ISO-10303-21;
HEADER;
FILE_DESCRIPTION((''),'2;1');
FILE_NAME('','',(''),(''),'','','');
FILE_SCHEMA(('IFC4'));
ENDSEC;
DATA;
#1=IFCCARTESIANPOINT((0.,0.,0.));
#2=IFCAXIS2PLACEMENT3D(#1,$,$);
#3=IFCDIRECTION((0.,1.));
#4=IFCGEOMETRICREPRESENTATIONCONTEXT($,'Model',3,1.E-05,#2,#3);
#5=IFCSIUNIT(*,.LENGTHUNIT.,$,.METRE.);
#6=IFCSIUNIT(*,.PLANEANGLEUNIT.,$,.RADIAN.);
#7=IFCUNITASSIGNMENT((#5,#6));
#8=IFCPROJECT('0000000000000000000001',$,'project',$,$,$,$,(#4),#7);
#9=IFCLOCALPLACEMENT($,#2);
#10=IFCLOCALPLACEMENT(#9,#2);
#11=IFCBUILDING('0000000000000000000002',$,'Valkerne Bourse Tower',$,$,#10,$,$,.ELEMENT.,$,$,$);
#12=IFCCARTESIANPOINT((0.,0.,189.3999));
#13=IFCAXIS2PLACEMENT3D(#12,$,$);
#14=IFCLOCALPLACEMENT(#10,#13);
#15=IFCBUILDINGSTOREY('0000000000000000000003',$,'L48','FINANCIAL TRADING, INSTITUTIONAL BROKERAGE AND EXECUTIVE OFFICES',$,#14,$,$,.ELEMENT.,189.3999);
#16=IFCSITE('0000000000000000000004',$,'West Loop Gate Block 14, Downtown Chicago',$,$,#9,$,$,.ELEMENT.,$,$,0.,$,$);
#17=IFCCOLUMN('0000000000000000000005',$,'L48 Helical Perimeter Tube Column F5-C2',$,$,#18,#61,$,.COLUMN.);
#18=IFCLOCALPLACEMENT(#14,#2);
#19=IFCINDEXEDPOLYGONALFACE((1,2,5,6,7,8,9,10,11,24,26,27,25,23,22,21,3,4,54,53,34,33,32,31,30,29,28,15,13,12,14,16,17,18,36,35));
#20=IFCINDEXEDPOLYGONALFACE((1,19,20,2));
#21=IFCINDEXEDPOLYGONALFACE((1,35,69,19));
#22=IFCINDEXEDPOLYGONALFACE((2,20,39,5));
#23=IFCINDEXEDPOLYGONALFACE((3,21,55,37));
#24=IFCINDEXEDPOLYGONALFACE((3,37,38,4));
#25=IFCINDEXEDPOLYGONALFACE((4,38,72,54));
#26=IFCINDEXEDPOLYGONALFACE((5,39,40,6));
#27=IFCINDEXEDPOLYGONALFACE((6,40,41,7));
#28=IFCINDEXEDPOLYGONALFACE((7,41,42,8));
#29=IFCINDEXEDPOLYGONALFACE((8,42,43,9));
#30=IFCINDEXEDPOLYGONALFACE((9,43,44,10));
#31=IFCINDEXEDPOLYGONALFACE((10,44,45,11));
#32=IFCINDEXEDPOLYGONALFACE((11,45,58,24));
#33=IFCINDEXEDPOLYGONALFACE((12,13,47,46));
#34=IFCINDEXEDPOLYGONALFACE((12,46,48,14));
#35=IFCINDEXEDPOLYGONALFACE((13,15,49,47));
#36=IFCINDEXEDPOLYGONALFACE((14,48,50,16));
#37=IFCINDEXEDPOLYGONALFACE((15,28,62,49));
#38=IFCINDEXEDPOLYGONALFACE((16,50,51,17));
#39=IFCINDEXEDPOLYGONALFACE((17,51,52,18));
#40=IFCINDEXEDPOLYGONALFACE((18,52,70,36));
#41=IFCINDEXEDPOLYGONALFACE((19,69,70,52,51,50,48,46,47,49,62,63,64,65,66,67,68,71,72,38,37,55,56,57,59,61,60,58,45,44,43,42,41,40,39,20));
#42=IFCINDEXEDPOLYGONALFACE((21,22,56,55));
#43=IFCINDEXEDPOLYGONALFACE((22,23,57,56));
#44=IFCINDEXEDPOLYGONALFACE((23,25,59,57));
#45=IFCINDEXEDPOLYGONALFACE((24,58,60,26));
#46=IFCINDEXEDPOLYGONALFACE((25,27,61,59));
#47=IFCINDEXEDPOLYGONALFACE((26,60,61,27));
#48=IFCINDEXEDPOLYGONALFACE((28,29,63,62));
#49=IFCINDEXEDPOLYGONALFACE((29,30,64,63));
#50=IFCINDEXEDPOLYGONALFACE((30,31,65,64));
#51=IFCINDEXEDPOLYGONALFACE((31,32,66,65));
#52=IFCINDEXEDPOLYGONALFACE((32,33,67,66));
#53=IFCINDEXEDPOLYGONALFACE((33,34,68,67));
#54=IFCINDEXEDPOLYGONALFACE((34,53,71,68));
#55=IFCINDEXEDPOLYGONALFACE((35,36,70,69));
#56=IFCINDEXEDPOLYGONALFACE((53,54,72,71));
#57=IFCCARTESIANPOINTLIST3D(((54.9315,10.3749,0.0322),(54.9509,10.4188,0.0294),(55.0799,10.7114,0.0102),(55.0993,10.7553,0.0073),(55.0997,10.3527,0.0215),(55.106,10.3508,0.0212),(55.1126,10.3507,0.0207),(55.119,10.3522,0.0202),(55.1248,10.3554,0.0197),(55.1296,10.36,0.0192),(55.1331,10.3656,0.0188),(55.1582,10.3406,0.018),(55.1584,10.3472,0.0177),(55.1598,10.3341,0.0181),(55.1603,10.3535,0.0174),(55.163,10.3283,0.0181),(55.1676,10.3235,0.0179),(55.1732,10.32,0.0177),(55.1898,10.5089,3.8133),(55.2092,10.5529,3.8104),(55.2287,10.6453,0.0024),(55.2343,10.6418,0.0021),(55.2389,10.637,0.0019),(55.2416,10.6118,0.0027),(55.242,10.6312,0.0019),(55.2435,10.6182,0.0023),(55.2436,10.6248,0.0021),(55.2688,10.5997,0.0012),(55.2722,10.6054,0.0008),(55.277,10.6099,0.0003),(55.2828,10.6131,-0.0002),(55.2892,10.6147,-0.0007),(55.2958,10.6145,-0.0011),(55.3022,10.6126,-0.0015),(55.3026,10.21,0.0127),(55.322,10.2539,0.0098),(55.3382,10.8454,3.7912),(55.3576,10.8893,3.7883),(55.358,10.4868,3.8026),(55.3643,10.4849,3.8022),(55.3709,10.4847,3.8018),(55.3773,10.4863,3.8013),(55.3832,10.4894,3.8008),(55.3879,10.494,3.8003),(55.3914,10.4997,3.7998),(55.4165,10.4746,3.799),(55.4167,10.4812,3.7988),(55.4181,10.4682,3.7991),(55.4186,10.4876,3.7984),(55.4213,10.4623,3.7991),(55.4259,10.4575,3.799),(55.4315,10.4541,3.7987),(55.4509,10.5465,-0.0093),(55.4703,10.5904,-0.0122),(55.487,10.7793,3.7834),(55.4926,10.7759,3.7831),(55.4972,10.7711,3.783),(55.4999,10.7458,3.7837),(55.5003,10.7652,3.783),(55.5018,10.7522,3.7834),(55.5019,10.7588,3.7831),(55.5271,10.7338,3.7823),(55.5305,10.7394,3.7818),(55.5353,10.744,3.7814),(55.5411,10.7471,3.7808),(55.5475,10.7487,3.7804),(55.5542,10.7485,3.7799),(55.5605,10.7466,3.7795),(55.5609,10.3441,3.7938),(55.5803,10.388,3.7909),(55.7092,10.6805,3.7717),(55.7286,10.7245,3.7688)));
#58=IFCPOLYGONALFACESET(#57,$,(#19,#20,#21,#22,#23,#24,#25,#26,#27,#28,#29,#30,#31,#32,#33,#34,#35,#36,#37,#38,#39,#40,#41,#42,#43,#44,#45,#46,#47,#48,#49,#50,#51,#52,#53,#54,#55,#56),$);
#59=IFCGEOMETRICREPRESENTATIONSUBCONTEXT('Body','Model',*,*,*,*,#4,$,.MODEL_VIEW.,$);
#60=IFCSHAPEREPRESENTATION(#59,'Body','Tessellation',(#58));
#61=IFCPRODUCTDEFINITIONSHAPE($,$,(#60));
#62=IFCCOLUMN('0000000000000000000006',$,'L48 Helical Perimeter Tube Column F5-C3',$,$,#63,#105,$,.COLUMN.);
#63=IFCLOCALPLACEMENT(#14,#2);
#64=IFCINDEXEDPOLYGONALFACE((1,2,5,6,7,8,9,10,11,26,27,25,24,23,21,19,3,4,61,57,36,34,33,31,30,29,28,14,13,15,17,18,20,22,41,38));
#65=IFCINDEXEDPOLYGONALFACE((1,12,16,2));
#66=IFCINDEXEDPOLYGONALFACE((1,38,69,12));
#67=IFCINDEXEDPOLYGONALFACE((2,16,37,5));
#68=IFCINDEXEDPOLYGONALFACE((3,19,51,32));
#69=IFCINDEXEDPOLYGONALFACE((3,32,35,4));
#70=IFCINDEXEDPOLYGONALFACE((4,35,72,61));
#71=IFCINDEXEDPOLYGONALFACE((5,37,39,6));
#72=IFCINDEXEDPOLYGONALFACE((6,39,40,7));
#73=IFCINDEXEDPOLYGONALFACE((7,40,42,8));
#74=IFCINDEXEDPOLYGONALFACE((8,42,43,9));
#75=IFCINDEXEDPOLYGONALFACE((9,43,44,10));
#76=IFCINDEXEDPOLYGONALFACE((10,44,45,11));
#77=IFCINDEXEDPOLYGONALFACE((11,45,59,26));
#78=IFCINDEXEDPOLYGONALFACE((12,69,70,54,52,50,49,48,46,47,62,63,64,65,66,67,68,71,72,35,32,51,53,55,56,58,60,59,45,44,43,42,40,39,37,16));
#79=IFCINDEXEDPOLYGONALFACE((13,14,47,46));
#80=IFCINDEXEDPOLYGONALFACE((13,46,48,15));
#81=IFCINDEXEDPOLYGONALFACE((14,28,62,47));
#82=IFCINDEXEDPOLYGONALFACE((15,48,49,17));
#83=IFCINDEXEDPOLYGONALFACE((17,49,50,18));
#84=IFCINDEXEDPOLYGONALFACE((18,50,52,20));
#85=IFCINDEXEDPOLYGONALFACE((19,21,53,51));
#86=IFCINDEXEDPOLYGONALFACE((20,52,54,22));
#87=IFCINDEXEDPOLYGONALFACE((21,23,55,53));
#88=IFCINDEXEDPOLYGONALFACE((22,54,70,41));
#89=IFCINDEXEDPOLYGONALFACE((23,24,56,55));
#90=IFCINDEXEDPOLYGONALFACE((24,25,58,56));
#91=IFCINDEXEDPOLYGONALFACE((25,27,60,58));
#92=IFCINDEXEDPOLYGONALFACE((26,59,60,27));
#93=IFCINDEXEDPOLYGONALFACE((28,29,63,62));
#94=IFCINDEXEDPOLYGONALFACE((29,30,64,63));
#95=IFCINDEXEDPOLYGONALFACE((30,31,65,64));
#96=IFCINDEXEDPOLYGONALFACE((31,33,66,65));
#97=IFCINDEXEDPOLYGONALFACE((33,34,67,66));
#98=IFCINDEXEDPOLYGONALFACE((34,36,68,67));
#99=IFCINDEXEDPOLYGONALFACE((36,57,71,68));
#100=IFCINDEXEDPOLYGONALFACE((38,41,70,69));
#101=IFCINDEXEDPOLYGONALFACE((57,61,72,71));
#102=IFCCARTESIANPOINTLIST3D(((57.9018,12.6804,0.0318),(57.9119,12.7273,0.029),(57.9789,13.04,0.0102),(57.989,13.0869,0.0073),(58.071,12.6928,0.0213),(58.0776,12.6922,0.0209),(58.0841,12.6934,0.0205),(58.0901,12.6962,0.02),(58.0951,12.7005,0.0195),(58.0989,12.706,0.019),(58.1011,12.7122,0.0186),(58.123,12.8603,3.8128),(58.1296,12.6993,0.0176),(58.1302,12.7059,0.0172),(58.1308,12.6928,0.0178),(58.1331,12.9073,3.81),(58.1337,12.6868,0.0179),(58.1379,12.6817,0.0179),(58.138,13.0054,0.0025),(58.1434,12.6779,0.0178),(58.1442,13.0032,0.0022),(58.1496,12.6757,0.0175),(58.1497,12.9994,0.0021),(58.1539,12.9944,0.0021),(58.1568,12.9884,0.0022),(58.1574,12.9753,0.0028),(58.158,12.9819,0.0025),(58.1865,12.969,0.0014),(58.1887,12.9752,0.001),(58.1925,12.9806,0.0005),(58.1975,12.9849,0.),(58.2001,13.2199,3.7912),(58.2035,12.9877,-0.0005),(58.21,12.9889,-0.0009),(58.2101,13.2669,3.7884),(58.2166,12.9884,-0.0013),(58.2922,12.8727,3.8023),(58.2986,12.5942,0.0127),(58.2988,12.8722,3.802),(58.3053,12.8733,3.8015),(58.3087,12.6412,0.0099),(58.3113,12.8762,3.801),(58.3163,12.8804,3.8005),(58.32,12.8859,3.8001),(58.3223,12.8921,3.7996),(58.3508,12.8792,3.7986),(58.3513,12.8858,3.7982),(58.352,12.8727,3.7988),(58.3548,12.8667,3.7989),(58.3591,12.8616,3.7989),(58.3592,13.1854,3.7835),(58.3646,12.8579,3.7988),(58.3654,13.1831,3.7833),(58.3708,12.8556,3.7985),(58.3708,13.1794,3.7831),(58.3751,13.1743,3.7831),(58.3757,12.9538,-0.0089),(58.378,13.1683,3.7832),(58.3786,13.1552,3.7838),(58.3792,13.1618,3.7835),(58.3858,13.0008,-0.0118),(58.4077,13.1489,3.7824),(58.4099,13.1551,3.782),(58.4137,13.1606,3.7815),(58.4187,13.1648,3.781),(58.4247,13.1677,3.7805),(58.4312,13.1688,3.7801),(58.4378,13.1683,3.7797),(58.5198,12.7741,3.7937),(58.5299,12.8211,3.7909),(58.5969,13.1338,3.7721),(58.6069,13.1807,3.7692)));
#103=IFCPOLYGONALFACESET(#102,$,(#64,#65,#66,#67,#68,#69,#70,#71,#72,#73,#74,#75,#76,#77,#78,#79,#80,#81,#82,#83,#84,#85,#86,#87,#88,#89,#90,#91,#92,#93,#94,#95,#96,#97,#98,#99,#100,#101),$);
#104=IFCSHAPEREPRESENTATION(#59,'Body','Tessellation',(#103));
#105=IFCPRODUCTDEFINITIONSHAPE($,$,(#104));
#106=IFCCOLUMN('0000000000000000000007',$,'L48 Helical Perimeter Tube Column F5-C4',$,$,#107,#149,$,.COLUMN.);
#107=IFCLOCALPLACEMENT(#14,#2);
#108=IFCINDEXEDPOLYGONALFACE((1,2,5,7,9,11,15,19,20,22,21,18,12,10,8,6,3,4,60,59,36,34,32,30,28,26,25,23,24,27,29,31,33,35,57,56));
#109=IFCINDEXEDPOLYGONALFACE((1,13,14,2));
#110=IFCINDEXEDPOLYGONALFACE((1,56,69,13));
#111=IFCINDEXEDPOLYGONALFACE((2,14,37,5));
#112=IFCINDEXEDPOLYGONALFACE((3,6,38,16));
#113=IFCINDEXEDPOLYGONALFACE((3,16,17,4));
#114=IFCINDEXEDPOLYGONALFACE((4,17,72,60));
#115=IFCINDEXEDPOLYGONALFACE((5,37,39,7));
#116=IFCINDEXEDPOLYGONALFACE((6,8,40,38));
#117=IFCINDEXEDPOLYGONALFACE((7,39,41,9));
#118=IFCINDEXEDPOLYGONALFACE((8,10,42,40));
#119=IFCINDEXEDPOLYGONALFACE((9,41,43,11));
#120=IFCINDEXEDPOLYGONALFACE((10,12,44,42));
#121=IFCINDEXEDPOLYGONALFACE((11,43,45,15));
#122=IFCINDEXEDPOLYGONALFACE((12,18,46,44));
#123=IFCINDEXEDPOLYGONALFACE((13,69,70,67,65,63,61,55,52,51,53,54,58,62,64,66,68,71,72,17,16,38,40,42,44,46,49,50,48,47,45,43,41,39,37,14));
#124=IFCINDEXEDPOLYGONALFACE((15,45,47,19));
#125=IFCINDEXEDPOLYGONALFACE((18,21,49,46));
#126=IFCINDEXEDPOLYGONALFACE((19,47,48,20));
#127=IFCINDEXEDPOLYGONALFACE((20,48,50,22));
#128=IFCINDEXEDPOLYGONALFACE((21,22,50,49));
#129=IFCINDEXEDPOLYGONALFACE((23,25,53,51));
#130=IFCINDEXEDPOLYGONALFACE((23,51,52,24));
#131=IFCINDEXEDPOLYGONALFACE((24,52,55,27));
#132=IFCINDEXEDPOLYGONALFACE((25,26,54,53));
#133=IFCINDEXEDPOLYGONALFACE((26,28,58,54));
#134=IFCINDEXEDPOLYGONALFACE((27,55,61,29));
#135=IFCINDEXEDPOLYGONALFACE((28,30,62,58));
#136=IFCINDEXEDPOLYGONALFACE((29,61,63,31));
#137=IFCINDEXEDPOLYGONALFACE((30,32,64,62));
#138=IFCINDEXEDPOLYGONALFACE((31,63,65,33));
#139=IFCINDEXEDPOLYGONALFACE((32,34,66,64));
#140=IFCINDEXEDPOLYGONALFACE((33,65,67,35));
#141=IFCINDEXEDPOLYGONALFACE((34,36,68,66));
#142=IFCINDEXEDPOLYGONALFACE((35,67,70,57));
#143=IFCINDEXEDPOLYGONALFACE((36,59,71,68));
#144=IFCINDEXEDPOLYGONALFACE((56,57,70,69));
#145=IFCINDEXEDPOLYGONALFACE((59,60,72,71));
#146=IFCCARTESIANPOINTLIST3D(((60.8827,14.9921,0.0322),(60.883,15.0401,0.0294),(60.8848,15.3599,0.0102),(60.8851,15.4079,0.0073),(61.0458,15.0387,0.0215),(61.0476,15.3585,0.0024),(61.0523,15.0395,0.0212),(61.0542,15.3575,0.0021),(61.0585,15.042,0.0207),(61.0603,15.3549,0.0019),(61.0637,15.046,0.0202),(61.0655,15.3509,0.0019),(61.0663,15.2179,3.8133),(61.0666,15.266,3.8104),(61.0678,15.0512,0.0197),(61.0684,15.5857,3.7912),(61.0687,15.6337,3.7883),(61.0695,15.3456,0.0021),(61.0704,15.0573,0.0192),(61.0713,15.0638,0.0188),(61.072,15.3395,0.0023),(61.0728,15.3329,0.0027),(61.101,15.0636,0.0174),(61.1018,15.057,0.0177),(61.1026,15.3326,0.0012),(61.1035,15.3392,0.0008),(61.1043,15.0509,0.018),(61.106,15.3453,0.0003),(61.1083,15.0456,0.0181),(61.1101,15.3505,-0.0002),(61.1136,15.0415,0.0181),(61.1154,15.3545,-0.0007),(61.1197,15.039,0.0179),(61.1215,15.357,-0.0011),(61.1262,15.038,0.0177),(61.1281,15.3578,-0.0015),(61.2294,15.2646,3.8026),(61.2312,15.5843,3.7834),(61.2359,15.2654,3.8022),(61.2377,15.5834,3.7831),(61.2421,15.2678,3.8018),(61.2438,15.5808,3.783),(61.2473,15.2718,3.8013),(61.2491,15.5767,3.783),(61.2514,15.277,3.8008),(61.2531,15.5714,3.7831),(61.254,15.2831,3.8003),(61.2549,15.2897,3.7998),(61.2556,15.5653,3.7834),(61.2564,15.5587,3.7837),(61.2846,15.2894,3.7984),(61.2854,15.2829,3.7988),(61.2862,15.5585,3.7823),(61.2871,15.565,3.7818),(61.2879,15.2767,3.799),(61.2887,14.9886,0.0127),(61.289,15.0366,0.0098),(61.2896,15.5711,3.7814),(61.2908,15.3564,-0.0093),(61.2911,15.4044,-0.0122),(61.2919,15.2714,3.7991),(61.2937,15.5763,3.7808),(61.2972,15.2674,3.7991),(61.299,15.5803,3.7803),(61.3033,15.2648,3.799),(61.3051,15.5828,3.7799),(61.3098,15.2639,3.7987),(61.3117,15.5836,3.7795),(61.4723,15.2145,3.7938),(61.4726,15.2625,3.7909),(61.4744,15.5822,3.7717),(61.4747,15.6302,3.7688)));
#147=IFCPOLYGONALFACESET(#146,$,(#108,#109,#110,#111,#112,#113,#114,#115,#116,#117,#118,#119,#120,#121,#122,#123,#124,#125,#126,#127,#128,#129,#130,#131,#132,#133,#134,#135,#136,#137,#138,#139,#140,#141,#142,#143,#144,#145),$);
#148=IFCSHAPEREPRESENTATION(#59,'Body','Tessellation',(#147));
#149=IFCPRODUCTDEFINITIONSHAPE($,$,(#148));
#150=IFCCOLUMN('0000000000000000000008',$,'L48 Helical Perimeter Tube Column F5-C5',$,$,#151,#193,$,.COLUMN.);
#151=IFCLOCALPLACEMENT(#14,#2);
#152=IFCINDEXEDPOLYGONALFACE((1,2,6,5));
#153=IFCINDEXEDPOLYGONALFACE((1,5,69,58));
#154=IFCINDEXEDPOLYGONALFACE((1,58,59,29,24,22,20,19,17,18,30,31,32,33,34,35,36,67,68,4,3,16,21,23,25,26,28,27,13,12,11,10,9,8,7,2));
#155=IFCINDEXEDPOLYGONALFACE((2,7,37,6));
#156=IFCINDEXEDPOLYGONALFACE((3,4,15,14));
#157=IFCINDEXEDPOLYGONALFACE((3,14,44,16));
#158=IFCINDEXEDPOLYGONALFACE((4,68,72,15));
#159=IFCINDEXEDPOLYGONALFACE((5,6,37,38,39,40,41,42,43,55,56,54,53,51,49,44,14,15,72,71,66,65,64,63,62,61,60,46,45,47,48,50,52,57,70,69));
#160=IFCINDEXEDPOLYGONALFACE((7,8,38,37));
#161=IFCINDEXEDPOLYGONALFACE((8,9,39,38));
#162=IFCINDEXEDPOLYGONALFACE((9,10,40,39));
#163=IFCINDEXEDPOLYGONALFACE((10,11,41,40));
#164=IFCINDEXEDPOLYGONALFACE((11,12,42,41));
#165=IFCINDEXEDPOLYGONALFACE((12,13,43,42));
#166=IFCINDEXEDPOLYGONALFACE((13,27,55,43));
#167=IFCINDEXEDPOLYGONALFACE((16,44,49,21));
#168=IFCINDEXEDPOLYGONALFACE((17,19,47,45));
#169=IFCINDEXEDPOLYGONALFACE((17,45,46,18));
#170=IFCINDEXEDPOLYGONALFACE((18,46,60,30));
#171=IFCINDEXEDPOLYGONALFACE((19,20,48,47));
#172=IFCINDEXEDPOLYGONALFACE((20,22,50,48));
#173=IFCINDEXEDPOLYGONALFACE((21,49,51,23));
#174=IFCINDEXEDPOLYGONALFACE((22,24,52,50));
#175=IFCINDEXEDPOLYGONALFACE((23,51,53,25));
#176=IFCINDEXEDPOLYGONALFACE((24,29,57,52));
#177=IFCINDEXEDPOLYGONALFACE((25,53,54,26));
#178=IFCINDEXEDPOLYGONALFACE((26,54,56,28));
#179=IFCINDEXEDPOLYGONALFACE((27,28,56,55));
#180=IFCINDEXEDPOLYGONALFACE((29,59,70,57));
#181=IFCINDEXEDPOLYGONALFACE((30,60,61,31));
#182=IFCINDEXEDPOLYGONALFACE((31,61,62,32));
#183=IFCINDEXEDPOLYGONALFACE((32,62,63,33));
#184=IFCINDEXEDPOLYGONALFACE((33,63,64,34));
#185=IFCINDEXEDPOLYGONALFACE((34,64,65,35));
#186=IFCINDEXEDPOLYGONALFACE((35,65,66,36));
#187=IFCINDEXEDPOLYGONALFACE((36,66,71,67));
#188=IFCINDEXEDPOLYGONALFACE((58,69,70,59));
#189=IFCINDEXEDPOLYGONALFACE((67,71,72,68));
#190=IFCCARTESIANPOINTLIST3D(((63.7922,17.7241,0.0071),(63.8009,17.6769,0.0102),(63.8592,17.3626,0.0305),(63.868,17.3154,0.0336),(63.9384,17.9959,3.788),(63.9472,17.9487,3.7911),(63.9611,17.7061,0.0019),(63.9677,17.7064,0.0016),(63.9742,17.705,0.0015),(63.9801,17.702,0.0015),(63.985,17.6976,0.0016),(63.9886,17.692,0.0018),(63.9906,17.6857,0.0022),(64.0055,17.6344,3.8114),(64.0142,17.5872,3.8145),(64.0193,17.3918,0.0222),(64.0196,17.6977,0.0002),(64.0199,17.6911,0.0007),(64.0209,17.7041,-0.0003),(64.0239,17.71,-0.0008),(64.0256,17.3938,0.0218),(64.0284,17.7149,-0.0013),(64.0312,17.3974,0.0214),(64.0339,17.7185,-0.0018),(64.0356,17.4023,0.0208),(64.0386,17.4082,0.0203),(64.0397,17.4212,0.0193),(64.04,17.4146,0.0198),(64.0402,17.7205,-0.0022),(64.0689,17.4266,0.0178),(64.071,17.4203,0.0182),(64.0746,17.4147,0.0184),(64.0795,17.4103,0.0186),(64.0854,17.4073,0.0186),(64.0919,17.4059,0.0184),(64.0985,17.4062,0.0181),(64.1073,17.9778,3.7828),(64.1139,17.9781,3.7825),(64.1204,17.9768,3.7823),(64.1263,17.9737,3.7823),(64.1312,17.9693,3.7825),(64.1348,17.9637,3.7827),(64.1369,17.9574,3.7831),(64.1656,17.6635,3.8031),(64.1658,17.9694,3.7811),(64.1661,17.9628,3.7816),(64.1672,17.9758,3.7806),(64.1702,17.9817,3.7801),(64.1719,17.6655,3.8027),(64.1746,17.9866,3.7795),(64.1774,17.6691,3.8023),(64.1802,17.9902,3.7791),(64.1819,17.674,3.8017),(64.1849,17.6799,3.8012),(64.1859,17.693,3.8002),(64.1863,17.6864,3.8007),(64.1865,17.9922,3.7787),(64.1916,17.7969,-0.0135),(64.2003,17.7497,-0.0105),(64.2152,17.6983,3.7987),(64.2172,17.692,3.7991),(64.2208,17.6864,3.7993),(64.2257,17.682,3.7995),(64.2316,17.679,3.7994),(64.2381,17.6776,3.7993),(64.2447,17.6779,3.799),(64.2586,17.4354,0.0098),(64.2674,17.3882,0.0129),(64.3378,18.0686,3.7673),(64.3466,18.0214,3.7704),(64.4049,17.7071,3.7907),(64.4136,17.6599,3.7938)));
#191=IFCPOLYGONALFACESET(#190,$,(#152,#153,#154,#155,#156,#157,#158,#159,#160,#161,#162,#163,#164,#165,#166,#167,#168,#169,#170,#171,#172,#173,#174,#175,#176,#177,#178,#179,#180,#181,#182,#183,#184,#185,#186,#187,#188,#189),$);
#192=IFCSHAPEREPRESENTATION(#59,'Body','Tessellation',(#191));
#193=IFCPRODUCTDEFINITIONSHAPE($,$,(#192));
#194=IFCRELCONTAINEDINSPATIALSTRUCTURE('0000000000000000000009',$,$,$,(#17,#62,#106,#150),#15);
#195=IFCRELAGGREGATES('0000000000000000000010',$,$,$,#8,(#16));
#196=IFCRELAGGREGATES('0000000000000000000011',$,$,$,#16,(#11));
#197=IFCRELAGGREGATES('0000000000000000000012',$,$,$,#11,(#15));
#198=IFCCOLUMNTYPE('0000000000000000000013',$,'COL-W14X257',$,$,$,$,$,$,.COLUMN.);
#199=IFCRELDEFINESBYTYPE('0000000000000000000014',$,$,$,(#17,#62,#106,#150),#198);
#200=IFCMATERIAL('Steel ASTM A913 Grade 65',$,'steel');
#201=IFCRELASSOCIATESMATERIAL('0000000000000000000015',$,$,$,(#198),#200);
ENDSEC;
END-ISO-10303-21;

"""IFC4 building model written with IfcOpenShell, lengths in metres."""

from ifc_helpers import new_model, si_unit, direction, frame, origin, origin_2d, place, context, subcontext, project, spatial, i_section, extrude, material, material_profile, profile_set, type_object, element, save


model = new_model("IFC4")

# Units and contexts
model_context = context("Model", 3, precision=1e-05, world=origin(), true_north=direction((0.0, 1.0)))
body_context = subcontext(model_context, "Body", "Model", "MODEL_VIEW")
ifc_project = project(units=[si_unit("LENGTHUNIT", "METRE"), si_unit("PLANEANGLEUNIT", "RADIAN")], contexts=[model_context])

# Site, building, storey
site_placement = place(None, origin())
site = spatial("IfcSite", under=ifc_project, at=site_placement, Name="West Loop Gate Block 14, Downtown Chicago", CompositionType="ELEMENT", RefElevation=0.0)
building_placement = place(site_placement, origin())
building = spatial("IfcBuilding", under=site, at=building_placement, Name="Valkerne Bourse Tower", CompositionType="ELEMENT")
storey_placement = place(building_placement, frame((0.0, 0.0, 189.3999)))
storey = spatial("IfcBuildingStorey", under=building, at=storey_placement, Name="L48", Description="FINANCIAL TRADING, INSTITUTIONAL BROKERAGE AND EXECUTIVE OFFICES", CompositionType="ELEMENT", Elevation=189.3999)

# Columns
ifc_material_1 = material(Name="Steel ASTM A913 Grade 65", Category="steel")
ifc_material_profile_1 = material_profile(ifc_material_1, i_section(OverallWidth=0.4065, OverallDepth=0.4165, WebThickness=0.0298, FlangeThickness=0.0481, FilletRadius=0.0254, at=origin_2d()), Name="W14X257")
ifc_profile_set_1 = profile_set([ifc_material_profile_1], Name="Steel ASTM A913 Grade 65")
column_type = type_object("IfcColumnType", Name="COL-W14X257", PredefinedType="COLUMN", material=ifc_profile_set_1)
column_1_placement = place(storey_placement, frame((55.2009, 10.4827, 0.01), z_axis=(0.068114, 0.035345, 0.997051), x_axis=(-0.912794, 0.405592, 0.04798)))
element("IfcColumn", 1, at=column_1_placement, inside=storey, type_object=column_type, Name="L48 Helical Perimeter Tube Column F5-C2", PredefinedType="COLUMN", context=body_context, shape_type="SweptSolid", body=[
    extrude(i_section(OverallWidth=0.4065, OverallDepth=0.4165, WebThickness=0.0298, FlangeThickness=0.0481, FilletRadius=0.0254, at=origin_2d()), origin(), (0.0, 0.0, 1.0), 3.7922),
])
column_2_placement = place(storey_placement, frame((58.1438, 12.8406, 0.01), z_axis=(0.058335, 0.047454, 0.997169), x_axis=(-0.976143, 0.211978, 0.047017)))
element("IfcColumn", 2, at=column_2_placement, inside=storey, type_object=column_type, Name="L48 Helical Perimeter Tube Column F5-C3", PredefinedType="COLUMN", context=body_context, shape_type="SweptSolid", body=[
    extrude(i_section(OverallWidth=0.4065, OverallDepth=0.4165, WebThickness=0.0298, FlangeThickness=0.0481, FilletRadius=0.0254, at=origin_2d()), origin(), (0.0, 0.0, 1.0), 3.7917),
])
column_3_placement = place(storey_placement, frame((61.0869, 15.1982, 0.01), z_axis=(0.048414, 0.059551, 0.997051), x_axis=(-0.998811, 0.00859, 0.047986)))
element("IfcColumn", 3, at=column_3_placement, inside=storey, type_object=column_type, Name="L48 Helical Perimeter Tube Column F5-C4", PredefinedType="COLUMN", context=body_context, shape_type="SweptSolid", body=[
    extrude(i_section(OverallWidth=0.4065, OverallDepth=0.4165, WebThickness=0.0298, FlangeThickness=0.0481, FilletRadius=0.0254, at=origin_2d()), origin(), (0.0, 0.0, 1.0), 3.7922),
])
column_4_placement = place(storey_placement, frame((64.0298, 17.5562, 0.01), z_axis=(0.038549, 0.071629, 0.996686), x_axis=(-0.982553, -0.178892, 0.050859)))
element("IfcColumn", 4, at=column_4_placement, inside=storey, type_object=column_type, Name="L48 Helical Perimeter Tube Column F5-C5", PredefinedType="COLUMN", context=body_context, shape_type="SweptSolid", body=[
    extrude(i_section(OverallWidth=0.4065, OverallDepth=0.4165, WebThickness=0.0298, FlangeThickness=0.0481, FilletRadius=0.0254, at=origin_2d()), origin(), (0.0, 0.0, 1.0), 3.7935),
])

save(model, "model.ifc")
